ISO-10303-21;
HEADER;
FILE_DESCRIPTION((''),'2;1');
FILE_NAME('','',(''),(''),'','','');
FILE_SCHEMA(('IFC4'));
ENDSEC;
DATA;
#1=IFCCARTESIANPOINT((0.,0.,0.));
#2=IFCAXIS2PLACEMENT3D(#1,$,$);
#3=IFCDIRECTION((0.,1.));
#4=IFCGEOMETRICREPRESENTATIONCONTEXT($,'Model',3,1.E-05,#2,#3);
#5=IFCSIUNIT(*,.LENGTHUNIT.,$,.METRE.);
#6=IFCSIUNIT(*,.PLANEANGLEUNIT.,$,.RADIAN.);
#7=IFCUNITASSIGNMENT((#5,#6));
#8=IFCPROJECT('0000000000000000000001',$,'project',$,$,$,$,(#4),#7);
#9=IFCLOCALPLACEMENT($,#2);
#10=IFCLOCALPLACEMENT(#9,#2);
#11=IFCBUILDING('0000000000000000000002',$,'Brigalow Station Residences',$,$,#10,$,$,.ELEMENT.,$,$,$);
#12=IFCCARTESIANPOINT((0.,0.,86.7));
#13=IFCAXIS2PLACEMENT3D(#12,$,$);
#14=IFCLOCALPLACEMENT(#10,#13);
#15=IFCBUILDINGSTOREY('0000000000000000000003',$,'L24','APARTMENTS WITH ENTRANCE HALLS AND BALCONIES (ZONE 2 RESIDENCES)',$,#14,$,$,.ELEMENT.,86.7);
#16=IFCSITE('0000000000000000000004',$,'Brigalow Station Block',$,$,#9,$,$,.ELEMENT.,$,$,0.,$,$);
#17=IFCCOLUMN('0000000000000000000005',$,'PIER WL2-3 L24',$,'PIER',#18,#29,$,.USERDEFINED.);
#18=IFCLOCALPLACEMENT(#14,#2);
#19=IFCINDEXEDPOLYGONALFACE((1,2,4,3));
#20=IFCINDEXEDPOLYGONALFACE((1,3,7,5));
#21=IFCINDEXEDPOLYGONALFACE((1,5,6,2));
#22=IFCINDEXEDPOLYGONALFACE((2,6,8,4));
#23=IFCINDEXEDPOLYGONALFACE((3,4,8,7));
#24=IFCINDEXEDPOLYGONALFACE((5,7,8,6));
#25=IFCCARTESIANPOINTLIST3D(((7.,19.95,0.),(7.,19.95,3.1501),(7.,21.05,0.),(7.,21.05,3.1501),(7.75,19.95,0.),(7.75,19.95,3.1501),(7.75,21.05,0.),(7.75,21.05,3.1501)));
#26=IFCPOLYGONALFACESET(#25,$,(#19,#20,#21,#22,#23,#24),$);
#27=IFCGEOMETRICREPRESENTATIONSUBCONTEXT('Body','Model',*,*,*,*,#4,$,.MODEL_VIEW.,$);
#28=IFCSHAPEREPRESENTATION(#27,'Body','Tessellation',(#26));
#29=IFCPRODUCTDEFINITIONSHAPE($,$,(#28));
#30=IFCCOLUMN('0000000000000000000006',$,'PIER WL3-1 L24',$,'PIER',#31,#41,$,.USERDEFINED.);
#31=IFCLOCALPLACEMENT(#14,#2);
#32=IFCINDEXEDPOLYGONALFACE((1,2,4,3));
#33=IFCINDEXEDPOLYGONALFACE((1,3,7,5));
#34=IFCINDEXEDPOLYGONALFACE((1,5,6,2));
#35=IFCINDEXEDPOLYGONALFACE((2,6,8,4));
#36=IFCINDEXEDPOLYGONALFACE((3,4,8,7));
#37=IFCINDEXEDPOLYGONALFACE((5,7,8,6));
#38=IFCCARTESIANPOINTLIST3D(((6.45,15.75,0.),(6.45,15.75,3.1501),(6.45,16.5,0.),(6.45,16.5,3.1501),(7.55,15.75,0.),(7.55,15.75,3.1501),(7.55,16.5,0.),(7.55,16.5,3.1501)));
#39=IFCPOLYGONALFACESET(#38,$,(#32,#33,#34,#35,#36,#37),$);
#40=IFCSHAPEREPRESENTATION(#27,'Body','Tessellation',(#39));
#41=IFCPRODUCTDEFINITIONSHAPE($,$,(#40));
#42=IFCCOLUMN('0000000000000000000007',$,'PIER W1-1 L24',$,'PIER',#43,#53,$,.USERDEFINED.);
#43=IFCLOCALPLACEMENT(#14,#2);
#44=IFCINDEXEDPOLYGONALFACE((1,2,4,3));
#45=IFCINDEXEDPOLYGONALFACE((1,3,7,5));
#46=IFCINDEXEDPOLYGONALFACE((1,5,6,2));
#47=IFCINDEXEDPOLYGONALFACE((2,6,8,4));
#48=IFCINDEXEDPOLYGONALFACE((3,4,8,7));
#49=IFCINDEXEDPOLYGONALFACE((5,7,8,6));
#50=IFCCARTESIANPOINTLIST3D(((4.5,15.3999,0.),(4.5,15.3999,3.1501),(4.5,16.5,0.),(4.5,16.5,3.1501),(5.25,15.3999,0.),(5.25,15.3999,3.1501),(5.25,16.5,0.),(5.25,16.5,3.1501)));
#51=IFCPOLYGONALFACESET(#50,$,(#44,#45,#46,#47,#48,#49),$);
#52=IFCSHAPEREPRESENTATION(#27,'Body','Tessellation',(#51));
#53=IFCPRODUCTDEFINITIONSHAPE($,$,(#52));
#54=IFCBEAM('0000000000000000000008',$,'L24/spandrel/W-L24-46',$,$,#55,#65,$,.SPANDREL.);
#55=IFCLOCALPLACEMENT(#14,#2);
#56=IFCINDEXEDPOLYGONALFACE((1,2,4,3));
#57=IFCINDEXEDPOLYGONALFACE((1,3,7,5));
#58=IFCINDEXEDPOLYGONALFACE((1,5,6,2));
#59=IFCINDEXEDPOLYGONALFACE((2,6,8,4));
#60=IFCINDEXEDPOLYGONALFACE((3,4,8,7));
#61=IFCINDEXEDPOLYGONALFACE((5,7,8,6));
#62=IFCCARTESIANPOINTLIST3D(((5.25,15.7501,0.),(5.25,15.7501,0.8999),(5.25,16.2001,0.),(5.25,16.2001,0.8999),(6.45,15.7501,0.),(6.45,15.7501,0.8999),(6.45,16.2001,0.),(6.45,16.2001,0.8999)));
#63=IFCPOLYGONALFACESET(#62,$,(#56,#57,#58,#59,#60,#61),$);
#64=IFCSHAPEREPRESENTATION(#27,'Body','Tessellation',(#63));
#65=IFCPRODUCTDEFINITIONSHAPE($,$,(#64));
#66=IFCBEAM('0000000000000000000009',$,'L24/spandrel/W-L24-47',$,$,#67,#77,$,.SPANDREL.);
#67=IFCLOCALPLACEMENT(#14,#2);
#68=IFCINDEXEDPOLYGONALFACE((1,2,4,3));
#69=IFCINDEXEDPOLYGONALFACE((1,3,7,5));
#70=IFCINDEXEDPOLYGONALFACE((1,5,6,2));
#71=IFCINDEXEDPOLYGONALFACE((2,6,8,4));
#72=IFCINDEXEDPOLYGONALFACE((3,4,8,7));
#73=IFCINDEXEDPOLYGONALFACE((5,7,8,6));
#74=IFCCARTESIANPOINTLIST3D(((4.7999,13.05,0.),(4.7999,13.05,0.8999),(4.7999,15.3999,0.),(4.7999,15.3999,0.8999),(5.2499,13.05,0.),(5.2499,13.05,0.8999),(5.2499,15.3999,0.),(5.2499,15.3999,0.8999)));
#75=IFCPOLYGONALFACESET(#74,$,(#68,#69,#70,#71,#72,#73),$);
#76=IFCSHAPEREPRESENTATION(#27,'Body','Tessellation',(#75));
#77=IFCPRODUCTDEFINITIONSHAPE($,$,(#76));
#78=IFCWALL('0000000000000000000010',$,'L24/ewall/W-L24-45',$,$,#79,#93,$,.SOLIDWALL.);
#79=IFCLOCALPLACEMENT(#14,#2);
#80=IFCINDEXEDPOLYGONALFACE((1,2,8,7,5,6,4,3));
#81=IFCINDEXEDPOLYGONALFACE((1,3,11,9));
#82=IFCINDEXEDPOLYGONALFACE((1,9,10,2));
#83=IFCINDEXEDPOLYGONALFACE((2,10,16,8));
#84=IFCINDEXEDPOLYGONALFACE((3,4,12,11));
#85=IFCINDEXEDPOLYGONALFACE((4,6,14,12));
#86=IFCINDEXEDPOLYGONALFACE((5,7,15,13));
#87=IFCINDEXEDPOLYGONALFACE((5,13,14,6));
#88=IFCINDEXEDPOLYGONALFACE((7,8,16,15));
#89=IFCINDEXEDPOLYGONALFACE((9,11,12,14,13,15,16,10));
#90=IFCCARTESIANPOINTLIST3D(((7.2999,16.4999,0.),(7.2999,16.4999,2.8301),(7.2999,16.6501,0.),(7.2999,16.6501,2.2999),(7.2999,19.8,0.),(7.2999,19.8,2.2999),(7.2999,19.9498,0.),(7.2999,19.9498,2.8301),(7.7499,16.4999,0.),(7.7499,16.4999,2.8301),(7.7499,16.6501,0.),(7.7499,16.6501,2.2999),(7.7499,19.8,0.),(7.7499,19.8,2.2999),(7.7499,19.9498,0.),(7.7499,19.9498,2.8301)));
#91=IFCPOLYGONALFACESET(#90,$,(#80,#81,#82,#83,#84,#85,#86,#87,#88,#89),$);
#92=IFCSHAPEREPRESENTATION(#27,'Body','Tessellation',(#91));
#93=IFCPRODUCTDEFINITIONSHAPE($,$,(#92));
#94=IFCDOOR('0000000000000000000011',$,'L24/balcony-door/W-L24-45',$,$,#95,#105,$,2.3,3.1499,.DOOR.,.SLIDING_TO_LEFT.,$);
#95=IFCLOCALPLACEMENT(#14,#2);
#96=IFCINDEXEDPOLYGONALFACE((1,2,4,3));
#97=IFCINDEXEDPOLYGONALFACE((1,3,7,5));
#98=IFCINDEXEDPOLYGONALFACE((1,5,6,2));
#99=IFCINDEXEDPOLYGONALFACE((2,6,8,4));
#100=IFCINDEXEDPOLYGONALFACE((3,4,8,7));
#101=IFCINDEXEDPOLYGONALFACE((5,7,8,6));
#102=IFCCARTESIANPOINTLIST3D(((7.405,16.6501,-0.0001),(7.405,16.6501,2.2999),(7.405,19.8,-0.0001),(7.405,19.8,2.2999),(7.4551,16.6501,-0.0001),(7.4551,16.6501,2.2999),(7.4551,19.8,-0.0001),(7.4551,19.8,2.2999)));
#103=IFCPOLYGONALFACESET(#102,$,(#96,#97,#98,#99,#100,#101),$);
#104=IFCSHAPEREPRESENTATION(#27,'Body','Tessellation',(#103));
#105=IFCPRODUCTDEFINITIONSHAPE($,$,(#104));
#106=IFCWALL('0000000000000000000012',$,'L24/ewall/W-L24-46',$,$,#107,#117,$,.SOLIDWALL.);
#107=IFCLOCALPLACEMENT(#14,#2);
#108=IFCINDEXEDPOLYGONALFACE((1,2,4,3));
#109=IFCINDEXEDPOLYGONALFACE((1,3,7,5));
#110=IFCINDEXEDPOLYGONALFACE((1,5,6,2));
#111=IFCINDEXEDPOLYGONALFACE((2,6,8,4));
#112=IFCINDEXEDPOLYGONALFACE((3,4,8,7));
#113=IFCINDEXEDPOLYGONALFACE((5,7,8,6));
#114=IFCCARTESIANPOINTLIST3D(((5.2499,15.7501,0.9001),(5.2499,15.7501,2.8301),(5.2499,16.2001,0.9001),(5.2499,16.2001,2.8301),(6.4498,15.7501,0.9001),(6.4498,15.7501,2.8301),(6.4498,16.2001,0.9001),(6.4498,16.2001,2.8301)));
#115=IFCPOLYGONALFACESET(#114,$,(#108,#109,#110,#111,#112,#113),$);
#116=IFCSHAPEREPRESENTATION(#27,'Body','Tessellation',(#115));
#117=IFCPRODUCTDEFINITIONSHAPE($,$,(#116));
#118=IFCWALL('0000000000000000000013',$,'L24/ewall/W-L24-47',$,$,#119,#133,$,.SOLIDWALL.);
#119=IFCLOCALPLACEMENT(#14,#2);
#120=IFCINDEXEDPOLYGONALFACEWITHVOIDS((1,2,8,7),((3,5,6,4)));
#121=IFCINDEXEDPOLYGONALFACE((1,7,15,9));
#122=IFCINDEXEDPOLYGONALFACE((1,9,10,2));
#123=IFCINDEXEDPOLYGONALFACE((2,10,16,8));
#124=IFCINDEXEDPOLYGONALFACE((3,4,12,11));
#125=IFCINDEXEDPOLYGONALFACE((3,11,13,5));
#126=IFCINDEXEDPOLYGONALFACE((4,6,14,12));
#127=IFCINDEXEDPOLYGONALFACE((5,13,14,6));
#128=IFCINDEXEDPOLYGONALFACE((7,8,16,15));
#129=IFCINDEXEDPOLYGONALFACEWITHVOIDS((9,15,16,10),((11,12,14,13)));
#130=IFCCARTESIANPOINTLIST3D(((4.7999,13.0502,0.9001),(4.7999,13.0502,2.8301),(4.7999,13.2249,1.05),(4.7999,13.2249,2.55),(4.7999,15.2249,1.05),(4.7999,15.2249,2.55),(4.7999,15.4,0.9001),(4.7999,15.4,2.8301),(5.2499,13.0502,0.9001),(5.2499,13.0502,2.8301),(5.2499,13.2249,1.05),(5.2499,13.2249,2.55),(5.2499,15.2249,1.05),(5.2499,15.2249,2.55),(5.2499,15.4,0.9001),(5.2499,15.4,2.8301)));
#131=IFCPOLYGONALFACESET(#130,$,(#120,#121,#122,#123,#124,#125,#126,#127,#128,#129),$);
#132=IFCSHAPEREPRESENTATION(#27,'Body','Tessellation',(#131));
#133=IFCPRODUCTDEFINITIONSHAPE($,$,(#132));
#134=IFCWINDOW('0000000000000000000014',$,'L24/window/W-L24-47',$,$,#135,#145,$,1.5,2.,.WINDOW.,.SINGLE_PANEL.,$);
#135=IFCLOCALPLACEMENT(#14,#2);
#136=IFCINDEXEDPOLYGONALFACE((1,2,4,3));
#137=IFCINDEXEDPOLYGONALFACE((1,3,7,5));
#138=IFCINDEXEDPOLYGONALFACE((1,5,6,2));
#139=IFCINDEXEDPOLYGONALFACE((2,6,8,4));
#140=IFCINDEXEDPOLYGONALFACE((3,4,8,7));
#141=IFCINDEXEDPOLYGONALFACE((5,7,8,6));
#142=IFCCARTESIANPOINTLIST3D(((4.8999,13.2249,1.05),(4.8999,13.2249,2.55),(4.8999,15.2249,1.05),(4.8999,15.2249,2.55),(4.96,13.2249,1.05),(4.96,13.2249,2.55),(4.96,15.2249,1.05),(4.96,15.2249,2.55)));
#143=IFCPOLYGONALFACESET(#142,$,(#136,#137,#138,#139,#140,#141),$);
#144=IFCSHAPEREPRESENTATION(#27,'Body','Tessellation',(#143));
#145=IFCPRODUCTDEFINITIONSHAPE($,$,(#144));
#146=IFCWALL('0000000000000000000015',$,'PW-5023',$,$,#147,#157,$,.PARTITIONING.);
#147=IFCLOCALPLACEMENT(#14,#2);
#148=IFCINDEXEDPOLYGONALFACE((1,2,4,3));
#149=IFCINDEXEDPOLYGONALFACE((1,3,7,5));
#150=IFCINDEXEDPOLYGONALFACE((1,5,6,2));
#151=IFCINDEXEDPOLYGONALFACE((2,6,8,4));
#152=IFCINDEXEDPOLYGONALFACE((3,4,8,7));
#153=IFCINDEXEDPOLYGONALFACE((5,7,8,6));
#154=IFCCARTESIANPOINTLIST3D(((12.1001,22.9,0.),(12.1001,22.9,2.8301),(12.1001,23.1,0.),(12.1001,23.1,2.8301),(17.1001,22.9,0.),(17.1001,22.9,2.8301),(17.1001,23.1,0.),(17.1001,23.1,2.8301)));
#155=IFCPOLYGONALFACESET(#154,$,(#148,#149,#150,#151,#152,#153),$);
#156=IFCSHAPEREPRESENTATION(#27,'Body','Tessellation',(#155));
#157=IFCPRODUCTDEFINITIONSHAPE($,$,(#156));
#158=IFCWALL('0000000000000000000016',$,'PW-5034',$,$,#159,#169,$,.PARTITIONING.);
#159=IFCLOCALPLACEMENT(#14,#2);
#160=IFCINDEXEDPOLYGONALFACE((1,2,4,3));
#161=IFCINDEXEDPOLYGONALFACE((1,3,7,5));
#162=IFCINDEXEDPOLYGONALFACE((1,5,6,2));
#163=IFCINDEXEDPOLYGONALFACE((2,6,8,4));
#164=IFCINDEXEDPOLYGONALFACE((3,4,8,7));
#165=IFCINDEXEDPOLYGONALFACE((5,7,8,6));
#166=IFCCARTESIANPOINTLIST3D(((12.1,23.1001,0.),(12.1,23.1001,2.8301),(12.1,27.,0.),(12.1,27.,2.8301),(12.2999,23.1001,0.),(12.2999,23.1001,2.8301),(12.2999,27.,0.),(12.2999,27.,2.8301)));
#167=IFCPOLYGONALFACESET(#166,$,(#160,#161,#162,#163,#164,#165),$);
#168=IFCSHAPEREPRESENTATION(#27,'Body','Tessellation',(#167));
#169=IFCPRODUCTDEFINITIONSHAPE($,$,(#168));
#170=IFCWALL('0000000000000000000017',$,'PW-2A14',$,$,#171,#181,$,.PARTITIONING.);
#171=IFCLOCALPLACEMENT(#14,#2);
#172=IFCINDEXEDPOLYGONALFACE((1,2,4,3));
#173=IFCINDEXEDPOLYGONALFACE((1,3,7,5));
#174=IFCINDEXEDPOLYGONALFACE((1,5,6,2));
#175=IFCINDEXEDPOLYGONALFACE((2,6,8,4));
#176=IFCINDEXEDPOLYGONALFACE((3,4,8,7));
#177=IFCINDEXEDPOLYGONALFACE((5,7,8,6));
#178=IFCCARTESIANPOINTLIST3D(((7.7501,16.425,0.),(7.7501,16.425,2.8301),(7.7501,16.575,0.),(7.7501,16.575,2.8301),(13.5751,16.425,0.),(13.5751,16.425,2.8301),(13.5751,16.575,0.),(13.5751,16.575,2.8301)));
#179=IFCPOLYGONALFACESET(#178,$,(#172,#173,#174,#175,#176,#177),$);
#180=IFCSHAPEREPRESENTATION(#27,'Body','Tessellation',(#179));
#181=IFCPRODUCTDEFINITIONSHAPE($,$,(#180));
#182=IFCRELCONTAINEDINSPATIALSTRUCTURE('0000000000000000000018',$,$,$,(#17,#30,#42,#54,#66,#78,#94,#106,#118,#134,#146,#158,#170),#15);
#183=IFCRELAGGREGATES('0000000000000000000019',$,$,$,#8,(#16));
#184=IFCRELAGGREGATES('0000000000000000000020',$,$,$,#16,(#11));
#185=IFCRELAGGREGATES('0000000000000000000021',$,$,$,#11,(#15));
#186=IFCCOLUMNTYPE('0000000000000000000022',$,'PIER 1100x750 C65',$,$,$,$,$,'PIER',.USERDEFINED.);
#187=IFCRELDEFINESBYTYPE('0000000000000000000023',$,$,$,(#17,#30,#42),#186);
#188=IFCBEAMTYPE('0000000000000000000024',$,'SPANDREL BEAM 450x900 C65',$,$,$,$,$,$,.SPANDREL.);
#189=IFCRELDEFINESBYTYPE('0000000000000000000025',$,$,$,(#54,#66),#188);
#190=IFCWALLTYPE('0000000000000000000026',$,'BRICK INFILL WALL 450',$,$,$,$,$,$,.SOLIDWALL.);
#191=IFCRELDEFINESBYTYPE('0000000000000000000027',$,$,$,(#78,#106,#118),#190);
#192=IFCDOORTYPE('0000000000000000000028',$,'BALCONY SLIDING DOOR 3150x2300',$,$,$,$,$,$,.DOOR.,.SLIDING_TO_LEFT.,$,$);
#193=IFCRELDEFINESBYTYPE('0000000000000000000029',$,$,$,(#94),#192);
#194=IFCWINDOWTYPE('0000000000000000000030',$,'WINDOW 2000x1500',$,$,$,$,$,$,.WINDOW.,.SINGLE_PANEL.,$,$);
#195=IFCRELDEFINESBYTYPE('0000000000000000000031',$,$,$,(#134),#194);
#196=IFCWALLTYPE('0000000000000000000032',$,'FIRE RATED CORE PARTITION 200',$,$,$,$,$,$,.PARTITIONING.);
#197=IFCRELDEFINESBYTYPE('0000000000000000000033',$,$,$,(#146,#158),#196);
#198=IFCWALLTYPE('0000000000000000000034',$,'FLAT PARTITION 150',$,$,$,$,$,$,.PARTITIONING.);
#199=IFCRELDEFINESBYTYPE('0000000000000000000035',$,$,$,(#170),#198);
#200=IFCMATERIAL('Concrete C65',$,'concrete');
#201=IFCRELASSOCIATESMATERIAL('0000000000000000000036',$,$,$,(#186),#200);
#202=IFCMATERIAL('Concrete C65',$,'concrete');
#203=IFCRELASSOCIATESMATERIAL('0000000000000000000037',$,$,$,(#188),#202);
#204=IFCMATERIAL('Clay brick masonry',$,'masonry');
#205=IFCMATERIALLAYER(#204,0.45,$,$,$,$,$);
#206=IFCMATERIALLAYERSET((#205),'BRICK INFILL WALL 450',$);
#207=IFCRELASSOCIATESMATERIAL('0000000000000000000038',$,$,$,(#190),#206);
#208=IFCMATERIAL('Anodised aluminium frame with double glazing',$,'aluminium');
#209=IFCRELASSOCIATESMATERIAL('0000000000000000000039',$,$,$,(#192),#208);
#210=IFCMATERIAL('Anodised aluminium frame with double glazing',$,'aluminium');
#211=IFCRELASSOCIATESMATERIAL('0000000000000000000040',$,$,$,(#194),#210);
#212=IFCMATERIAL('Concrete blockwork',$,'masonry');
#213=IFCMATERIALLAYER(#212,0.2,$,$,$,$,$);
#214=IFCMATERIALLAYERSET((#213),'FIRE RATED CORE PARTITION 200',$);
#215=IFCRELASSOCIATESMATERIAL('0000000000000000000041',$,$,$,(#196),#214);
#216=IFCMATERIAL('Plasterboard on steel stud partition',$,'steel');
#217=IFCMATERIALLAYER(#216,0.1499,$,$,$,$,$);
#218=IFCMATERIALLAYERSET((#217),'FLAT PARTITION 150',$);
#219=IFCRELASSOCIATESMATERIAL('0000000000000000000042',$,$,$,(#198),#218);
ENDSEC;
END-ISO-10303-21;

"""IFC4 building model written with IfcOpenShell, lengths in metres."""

from ifc_helpers import new_model, si_unit, direction, frame, frame_2d, origin, origin_2d, place, context, subcontext, project, spatial, rectangle, extrude, material, layer, layer_set, material_profile, profile_set, type_object, element, fill, save


model = new_model("IFC4")

# Units and contexts
model_context = context("Model", 3, precision=1e-05, world=origin(), true_north=direction((0.0, 1.0)))
body_context = subcontext(model_context, "Body", "Model", "MODEL_VIEW")
ifc_project = project(units=[si_unit("LENGTHUNIT", "METRE"), si_unit("PLANEANGLEUNIT", "RADIAN")], contexts=[model_context])

# Site, building, storey
site_placement = place(None, origin())
site = spatial("IfcSite", under=ifc_project, at=site_placement, Name="Brigalow Station Block", CompositionType="ELEMENT", RefElevation=0.0)
building_placement = place(site_placement, origin())
building = spatial("IfcBuilding", under=site, at=building_placement, Name="Brigalow Station Residences", CompositionType="ELEMENT")
storey_placement = place(building_placement, frame((0.0, 0.0, 86.7)))
storey = spatial("IfcBuildingStorey", under=building, at=storey_placement, Name="L24", Description="APARTMENTS WITH ENTRANCE HALLS AND BALCONIES (ZONE 2 RESIDENCES)", CompositionType="ELEMENT", Elevation=86.7)

# Columns
ifc_material_1 = material(Name="Concrete C65", Category="concrete")
ifc_material_profile_1 = material_profile(ifc_material_1, rectangle(XDim=1.1001, YDim=0.75, at=origin_2d()), Name="RC1100x750")
ifc_profile_set_1 = profile_set([ifc_material_profile_1], Name="Concrete C65")
column_type = type_object("IfcColumnType", Name="PIER 1100x750 C65", ElementType="PIER", PredefinedType="USERDEFINED", material=ifc_profile_set_1)
for number, where, z_axis, x_axis, name in (
    (1, (7.375, 20.5, 0.0), (0.0, 0.0, 1.0), (0.0, -1.0, 0.0), "PIER WL2-3 L24"),
    (2, (7.0, 16.125, 0.0), (0.0, 0.0, 1.0), (-1.0, 0.0, 0.0), "PIER WL3-1 L24"),
    (3, (4.875, 15.95, 0.0), (0.0, 0.0, 1.0), (0.0, -1.0, 0.0), "PIER W1-1 L24"),
):
    element("IfcColumn", number, at=place(storey_placement, frame(where, z_axis=z_axis, x_axis=x_axis)), inside=storey, type_object=column_type, Name=name, ObjectType="PIER", PredefinedType="USERDEFINED", context=body_context, shape_type="SweptSolid", body=[
        extrude(rectangle(XDim=1.1001, YDim=0.75, at=origin_2d()), origin(), (0.0, 0.0, 1.0), 3.1501),
    ])

# Beams
ifc_material_2 = material(Name="Concrete C65", Category="concrete")
ifc_material_profile_2 = material_profile(ifc_material_2, rectangle(XDim=0.45, YDim=0.8999, at=origin_2d()), Name="RC450x900")
ifc_profile_set_2 = profile_set([ifc_material_profile_2], Name="Concrete C65")
beam_type = type_object("IfcBeamType", Name="SPANDREL BEAM 450x900 C65", PredefinedType="SPANDREL", material=ifc_profile_set_2)
beam_1_placement = place(storey_placement, frame((6.45, 15.9751, 0.45), z_axis=(-1.0, 0.0, 0.0), x_axis=(0.0, -1.0, 0.0)))
element("IfcBeam", 4, at=beam_1_placement, inside=storey, type_object=beam_type, Name="L24/spandrel/W-L24-46", PredefinedType="SPANDREL", context=body_context, shape_type="SweptSolid", body=[
    extrude(rectangle(XDim=0.45, YDim=0.8999, at=origin_2d()), origin(), (0.0, 0.0, 1.0), 1.2),
])
beam_2_placement = place(storey_placement, frame((5.0249, 15.3999, 0.45), z_axis=(0.0, -1.0, 0.0), x_axis=(1.0, 0.0, 0.0)))
element("IfcBeam", 5, at=beam_2_placement, inside=storey, type_object=beam_type, Name="L24/spandrel/W-L24-47", PredefinedType="SPANDREL", context=body_context, shape_type="SweptSolid", body=[
    extrude(rectangle(XDim=0.45, YDim=0.8999, at=origin_2d()), origin(), (0.0, 0.0, 1.0), 2.3499),
])

# Wall, opening, door
ifc_material_3 = material(Name="Clay brick masonry", Category="masonry")
ifc_layer_1 = layer(ifc_material_3, 0.45)
ifc_layer_set_1 = layer_set([ifc_layer_1], Name="BRICK INFILL WALL 450")
wall_type_1 = type_object("IfcWallType", Name="BRICK INFILL WALL 450", PredefinedType="SOLIDWALL", material=ifc_layer_set_1)
wall_1_placement = place(storey_placement, frame((7.5249, 19.95, 0.0), z_axis=(0.0, 0.0, 1.0), x_axis=(0.0, -1.0, 0.0)))
wall_1 = element("IfcWall", 6, at=wall_1_placement, inside=storey, type_object=wall_type_1, Name="L24/ewall/W-L24-45", PredefinedType="SOLIDWALL", context=body_context, shape_type="SweptSolid", body=[
    extrude(rectangle(XDim=3.45, YDim=0.45, at=frame_2d((1.7251, 0.0))), origin(), (0.0, 0.0, 1.0), 2.8301),
])
opening_1_placement = place(wall_1_placement, frame((0.1499, 0.0, 0.0)))
opening_1 = element("IfcOpeningElement", 7, at=opening_1_placement, cuts=wall_1, PredefinedType="OPENING", context=body_context, shape_type="SweptSolid", body=[
    extrude(rectangle(XDim=3.1499, YDim=2.3, at=frame_2d((1.575, 1.1499))), frame((0.0, 0.2349, 0.0), z_axis=(0.0, -1.0, 0.0), x_axis=(1.0, 0.0, 0.0)), (0.0, 0.0, 1.0), 0.47),
])
ifc_material_4 = material(Name="Anodised aluminium frame with double glazing", Category="aluminium")
door_type_1 = type_object("IfcDoorType", Name="BALCONY SLIDING DOOR 3150x2300", OperationType="SLIDING_TO_LEFT", PredefinedType="DOOR", material=ifc_material_4)
door_1_placement = place(opening_1_placement, origin())
door_1 = element("IfcDoor", 8, at=door_1_placement, inside=storey, type_object=door_type_1, Name="L24/balcony-door/W-L24-45", OperationType="SLIDING_TO_LEFT", OverallHeight=2.3, OverallWidth=3.1499, PredefinedType="DOOR", context=body_context, shape_type="SweptSolid", body=[
    extrude(rectangle(XDim=3.1499, YDim=2.3, at=frame_2d((1.575, 1.1499))), frame((0.0, -0.0698, 0.0), z_axis=(0.0, -1.0, 0.0), x_axis=(1.0, 0.0, 0.0)), (0.0, 0.0, 1.0), 0.05),
])
fill(opening_1, door_1)

# Wall
wall_2_placement = place(storey_placement, frame((6.45, 15.9751, 0.9001), z_axis=(0.0, 0.0, 1.0), x_axis=(-1.0, 0.0, 0.0)))
element("IfcWall", 9, at=wall_2_placement, inside=storey, type_object=wall_type_1, Name="L24/ewall/W-L24-46", PredefinedType="SOLIDWALL", context=body_context, shape_type="SweptSolid", body=[
    extrude(rectangle(XDim=1.2, YDim=0.45, at=frame_2d((0.6001, 0.0))), origin(), (0.0, 0.0, 1.0), 1.9299),
])

# Wall, opening, window
wall_3_placement = place(storey_placement, frame((5.0249, 15.3999, 0.9001), z_axis=(0.0, 0.0, 1.0), x_axis=(0.0, -1.0, 0.0)))
wall_3 = element("IfcWall", 10, at=wall_3_placement, inside=storey, type_object=wall_type_1, Name="L24/ewall/W-L24-47", PredefinedType="SOLIDWALL", context=body_context, shape_type="SweptSolid", body=[
    extrude(rectangle(XDim=2.3499, YDim=0.45, at=frame_2d((1.1748, 0.0))), origin(), (0.0, 0.0, 1.0), 1.9299),
])
opening_2_placement = place(wall_3_placement, frame((0.175, 0.0, 0.1499)))
opening_2 = element("IfcOpeningElement", 11, at=opening_2_placement, cuts=wall_3, PredefinedType="OPENING", context=body_context, shape_type="SweptSolid", body=[
    extrude(rectangle(XDim=2.0, YDim=1.5, at=frame_2d((1.0, 0.75))), frame((0.0, 0.2349, 0.0), z_axis=(0.0, -1.0, 0.0), x_axis=(1.0, 0.0, 0.0)), (0.0, 0.0, 1.0), 0.47),
])
ifc_material_5 = material(Name="Anodised aluminium frame with double glazing", Category="aluminium")
window_type = type_object("IfcWindowType", Name="WINDOW 2000x1500", PartitioningType="SINGLE_PANEL", PredefinedType="WINDOW", material=ifc_material_5)
window_placement = place(opening_2_placement, origin())
window = element("IfcWindow", 12, at=window_placement, inside=storey, type_object=window_type, Name="L24/window/W-L24-47", OverallHeight=1.5, OverallWidth=2.0, PartitioningType="SINGLE_PANEL", PredefinedType="WINDOW", context=body_context, shape_type="SweptSolid", body=[
    extrude(rectangle(XDim=2.0, YDim=1.5, at=frame_2d((1.0, 0.75))), frame((0.0, -0.0649, 0.0), z_axis=(0.0, -1.0, 0.0), x_axis=(1.0, 0.0, 0.0)), (0.0, 0.0, 1.0), 0.0601),
])
fill(opening_2, window)

# Walls
ifc_material_6 = material(Name="Concrete blockwork", Category="masonry")
ifc_layer_2 = layer(ifc_material_6, 0.2)
ifc_layer_set_2 = layer_set([ifc_layer_2], Name="FIRE RATED CORE PARTITION 200")
wall_type_2 = type_object("IfcWallType", Name="FIRE RATED CORE PARTITION 200", PredefinedType="PARTITIONING", material=ifc_layer_set_2)
wall_4_placement = place(storey_placement, frame((12.1001, 23.0, 0.0), z_axis=(0.0, 0.0, 1.0), x_axis=(1.0, 0.0, 0.0)))
element("IfcWall", 13, at=wall_4_placement, inside=storey, type_object=wall_type_2, Name="PW-5023", PredefinedType="PARTITIONING", context=body_context, shape_type="SweptSolid", body=[
    extrude(rectangle(XDim=5.0, YDim=0.2, at=frame_2d((2.5, 0.0))), origin(), (0.0, 0.0, 1.0), 2.8301),
])
wall_5_placement = place(storey_placement, frame((12.2, 23.1001, 0.0), z_axis=(0.0, 0.0, 1.0), x_axis=(0.0, 1.0, 0.0)))
element("IfcWall", 14, at=wall_5_placement, inside=storey, type_object=wall_type_2, Name="PW-5034", PredefinedType="PARTITIONING", context=body_context, shape_type="SweptSolid", body=[
    extrude(rectangle(XDim=3.8999, YDim=0.2, at=frame_2d((1.95, 0.0))), origin(), (0.0, 0.0, 1.0), 2.8301),
])
ifc_material_7 = material(Name="Plasterboard on steel stud partition", Category="steel")
ifc_layer_3 = layer(ifc_material_7, 0.1499)
ifc_layer_set_3 = layer_set([ifc_layer_3], Name="FLAT PARTITION 150")
wall_type_3 = type_object("IfcWallType", Name="FLAT PARTITION 150", PredefinedType="PARTITIONING", material=ifc_layer_set_3)
wall_6_placement = place(storey_placement, frame((7.75, 16.5, 0.0), z_axis=(0.0, 0.0, 1.0), x_axis=(1.0, 0.0, 0.0)))
element("IfcWall", 15, at=wall_6_placement, inside=storey, type_object=wall_type_3, Name="PW-2A14", PredefinedType="PARTITIONING", context=body_context, shape_type="SweptSolid", body=[
    extrude(rectangle(XDim=5.825, YDim=0.1499, at=frame_2d((2.9126, 0.0))), origin(), (0.0, 0.0, 1.0), 2.8301),
])

save(model, "model.ifc")
